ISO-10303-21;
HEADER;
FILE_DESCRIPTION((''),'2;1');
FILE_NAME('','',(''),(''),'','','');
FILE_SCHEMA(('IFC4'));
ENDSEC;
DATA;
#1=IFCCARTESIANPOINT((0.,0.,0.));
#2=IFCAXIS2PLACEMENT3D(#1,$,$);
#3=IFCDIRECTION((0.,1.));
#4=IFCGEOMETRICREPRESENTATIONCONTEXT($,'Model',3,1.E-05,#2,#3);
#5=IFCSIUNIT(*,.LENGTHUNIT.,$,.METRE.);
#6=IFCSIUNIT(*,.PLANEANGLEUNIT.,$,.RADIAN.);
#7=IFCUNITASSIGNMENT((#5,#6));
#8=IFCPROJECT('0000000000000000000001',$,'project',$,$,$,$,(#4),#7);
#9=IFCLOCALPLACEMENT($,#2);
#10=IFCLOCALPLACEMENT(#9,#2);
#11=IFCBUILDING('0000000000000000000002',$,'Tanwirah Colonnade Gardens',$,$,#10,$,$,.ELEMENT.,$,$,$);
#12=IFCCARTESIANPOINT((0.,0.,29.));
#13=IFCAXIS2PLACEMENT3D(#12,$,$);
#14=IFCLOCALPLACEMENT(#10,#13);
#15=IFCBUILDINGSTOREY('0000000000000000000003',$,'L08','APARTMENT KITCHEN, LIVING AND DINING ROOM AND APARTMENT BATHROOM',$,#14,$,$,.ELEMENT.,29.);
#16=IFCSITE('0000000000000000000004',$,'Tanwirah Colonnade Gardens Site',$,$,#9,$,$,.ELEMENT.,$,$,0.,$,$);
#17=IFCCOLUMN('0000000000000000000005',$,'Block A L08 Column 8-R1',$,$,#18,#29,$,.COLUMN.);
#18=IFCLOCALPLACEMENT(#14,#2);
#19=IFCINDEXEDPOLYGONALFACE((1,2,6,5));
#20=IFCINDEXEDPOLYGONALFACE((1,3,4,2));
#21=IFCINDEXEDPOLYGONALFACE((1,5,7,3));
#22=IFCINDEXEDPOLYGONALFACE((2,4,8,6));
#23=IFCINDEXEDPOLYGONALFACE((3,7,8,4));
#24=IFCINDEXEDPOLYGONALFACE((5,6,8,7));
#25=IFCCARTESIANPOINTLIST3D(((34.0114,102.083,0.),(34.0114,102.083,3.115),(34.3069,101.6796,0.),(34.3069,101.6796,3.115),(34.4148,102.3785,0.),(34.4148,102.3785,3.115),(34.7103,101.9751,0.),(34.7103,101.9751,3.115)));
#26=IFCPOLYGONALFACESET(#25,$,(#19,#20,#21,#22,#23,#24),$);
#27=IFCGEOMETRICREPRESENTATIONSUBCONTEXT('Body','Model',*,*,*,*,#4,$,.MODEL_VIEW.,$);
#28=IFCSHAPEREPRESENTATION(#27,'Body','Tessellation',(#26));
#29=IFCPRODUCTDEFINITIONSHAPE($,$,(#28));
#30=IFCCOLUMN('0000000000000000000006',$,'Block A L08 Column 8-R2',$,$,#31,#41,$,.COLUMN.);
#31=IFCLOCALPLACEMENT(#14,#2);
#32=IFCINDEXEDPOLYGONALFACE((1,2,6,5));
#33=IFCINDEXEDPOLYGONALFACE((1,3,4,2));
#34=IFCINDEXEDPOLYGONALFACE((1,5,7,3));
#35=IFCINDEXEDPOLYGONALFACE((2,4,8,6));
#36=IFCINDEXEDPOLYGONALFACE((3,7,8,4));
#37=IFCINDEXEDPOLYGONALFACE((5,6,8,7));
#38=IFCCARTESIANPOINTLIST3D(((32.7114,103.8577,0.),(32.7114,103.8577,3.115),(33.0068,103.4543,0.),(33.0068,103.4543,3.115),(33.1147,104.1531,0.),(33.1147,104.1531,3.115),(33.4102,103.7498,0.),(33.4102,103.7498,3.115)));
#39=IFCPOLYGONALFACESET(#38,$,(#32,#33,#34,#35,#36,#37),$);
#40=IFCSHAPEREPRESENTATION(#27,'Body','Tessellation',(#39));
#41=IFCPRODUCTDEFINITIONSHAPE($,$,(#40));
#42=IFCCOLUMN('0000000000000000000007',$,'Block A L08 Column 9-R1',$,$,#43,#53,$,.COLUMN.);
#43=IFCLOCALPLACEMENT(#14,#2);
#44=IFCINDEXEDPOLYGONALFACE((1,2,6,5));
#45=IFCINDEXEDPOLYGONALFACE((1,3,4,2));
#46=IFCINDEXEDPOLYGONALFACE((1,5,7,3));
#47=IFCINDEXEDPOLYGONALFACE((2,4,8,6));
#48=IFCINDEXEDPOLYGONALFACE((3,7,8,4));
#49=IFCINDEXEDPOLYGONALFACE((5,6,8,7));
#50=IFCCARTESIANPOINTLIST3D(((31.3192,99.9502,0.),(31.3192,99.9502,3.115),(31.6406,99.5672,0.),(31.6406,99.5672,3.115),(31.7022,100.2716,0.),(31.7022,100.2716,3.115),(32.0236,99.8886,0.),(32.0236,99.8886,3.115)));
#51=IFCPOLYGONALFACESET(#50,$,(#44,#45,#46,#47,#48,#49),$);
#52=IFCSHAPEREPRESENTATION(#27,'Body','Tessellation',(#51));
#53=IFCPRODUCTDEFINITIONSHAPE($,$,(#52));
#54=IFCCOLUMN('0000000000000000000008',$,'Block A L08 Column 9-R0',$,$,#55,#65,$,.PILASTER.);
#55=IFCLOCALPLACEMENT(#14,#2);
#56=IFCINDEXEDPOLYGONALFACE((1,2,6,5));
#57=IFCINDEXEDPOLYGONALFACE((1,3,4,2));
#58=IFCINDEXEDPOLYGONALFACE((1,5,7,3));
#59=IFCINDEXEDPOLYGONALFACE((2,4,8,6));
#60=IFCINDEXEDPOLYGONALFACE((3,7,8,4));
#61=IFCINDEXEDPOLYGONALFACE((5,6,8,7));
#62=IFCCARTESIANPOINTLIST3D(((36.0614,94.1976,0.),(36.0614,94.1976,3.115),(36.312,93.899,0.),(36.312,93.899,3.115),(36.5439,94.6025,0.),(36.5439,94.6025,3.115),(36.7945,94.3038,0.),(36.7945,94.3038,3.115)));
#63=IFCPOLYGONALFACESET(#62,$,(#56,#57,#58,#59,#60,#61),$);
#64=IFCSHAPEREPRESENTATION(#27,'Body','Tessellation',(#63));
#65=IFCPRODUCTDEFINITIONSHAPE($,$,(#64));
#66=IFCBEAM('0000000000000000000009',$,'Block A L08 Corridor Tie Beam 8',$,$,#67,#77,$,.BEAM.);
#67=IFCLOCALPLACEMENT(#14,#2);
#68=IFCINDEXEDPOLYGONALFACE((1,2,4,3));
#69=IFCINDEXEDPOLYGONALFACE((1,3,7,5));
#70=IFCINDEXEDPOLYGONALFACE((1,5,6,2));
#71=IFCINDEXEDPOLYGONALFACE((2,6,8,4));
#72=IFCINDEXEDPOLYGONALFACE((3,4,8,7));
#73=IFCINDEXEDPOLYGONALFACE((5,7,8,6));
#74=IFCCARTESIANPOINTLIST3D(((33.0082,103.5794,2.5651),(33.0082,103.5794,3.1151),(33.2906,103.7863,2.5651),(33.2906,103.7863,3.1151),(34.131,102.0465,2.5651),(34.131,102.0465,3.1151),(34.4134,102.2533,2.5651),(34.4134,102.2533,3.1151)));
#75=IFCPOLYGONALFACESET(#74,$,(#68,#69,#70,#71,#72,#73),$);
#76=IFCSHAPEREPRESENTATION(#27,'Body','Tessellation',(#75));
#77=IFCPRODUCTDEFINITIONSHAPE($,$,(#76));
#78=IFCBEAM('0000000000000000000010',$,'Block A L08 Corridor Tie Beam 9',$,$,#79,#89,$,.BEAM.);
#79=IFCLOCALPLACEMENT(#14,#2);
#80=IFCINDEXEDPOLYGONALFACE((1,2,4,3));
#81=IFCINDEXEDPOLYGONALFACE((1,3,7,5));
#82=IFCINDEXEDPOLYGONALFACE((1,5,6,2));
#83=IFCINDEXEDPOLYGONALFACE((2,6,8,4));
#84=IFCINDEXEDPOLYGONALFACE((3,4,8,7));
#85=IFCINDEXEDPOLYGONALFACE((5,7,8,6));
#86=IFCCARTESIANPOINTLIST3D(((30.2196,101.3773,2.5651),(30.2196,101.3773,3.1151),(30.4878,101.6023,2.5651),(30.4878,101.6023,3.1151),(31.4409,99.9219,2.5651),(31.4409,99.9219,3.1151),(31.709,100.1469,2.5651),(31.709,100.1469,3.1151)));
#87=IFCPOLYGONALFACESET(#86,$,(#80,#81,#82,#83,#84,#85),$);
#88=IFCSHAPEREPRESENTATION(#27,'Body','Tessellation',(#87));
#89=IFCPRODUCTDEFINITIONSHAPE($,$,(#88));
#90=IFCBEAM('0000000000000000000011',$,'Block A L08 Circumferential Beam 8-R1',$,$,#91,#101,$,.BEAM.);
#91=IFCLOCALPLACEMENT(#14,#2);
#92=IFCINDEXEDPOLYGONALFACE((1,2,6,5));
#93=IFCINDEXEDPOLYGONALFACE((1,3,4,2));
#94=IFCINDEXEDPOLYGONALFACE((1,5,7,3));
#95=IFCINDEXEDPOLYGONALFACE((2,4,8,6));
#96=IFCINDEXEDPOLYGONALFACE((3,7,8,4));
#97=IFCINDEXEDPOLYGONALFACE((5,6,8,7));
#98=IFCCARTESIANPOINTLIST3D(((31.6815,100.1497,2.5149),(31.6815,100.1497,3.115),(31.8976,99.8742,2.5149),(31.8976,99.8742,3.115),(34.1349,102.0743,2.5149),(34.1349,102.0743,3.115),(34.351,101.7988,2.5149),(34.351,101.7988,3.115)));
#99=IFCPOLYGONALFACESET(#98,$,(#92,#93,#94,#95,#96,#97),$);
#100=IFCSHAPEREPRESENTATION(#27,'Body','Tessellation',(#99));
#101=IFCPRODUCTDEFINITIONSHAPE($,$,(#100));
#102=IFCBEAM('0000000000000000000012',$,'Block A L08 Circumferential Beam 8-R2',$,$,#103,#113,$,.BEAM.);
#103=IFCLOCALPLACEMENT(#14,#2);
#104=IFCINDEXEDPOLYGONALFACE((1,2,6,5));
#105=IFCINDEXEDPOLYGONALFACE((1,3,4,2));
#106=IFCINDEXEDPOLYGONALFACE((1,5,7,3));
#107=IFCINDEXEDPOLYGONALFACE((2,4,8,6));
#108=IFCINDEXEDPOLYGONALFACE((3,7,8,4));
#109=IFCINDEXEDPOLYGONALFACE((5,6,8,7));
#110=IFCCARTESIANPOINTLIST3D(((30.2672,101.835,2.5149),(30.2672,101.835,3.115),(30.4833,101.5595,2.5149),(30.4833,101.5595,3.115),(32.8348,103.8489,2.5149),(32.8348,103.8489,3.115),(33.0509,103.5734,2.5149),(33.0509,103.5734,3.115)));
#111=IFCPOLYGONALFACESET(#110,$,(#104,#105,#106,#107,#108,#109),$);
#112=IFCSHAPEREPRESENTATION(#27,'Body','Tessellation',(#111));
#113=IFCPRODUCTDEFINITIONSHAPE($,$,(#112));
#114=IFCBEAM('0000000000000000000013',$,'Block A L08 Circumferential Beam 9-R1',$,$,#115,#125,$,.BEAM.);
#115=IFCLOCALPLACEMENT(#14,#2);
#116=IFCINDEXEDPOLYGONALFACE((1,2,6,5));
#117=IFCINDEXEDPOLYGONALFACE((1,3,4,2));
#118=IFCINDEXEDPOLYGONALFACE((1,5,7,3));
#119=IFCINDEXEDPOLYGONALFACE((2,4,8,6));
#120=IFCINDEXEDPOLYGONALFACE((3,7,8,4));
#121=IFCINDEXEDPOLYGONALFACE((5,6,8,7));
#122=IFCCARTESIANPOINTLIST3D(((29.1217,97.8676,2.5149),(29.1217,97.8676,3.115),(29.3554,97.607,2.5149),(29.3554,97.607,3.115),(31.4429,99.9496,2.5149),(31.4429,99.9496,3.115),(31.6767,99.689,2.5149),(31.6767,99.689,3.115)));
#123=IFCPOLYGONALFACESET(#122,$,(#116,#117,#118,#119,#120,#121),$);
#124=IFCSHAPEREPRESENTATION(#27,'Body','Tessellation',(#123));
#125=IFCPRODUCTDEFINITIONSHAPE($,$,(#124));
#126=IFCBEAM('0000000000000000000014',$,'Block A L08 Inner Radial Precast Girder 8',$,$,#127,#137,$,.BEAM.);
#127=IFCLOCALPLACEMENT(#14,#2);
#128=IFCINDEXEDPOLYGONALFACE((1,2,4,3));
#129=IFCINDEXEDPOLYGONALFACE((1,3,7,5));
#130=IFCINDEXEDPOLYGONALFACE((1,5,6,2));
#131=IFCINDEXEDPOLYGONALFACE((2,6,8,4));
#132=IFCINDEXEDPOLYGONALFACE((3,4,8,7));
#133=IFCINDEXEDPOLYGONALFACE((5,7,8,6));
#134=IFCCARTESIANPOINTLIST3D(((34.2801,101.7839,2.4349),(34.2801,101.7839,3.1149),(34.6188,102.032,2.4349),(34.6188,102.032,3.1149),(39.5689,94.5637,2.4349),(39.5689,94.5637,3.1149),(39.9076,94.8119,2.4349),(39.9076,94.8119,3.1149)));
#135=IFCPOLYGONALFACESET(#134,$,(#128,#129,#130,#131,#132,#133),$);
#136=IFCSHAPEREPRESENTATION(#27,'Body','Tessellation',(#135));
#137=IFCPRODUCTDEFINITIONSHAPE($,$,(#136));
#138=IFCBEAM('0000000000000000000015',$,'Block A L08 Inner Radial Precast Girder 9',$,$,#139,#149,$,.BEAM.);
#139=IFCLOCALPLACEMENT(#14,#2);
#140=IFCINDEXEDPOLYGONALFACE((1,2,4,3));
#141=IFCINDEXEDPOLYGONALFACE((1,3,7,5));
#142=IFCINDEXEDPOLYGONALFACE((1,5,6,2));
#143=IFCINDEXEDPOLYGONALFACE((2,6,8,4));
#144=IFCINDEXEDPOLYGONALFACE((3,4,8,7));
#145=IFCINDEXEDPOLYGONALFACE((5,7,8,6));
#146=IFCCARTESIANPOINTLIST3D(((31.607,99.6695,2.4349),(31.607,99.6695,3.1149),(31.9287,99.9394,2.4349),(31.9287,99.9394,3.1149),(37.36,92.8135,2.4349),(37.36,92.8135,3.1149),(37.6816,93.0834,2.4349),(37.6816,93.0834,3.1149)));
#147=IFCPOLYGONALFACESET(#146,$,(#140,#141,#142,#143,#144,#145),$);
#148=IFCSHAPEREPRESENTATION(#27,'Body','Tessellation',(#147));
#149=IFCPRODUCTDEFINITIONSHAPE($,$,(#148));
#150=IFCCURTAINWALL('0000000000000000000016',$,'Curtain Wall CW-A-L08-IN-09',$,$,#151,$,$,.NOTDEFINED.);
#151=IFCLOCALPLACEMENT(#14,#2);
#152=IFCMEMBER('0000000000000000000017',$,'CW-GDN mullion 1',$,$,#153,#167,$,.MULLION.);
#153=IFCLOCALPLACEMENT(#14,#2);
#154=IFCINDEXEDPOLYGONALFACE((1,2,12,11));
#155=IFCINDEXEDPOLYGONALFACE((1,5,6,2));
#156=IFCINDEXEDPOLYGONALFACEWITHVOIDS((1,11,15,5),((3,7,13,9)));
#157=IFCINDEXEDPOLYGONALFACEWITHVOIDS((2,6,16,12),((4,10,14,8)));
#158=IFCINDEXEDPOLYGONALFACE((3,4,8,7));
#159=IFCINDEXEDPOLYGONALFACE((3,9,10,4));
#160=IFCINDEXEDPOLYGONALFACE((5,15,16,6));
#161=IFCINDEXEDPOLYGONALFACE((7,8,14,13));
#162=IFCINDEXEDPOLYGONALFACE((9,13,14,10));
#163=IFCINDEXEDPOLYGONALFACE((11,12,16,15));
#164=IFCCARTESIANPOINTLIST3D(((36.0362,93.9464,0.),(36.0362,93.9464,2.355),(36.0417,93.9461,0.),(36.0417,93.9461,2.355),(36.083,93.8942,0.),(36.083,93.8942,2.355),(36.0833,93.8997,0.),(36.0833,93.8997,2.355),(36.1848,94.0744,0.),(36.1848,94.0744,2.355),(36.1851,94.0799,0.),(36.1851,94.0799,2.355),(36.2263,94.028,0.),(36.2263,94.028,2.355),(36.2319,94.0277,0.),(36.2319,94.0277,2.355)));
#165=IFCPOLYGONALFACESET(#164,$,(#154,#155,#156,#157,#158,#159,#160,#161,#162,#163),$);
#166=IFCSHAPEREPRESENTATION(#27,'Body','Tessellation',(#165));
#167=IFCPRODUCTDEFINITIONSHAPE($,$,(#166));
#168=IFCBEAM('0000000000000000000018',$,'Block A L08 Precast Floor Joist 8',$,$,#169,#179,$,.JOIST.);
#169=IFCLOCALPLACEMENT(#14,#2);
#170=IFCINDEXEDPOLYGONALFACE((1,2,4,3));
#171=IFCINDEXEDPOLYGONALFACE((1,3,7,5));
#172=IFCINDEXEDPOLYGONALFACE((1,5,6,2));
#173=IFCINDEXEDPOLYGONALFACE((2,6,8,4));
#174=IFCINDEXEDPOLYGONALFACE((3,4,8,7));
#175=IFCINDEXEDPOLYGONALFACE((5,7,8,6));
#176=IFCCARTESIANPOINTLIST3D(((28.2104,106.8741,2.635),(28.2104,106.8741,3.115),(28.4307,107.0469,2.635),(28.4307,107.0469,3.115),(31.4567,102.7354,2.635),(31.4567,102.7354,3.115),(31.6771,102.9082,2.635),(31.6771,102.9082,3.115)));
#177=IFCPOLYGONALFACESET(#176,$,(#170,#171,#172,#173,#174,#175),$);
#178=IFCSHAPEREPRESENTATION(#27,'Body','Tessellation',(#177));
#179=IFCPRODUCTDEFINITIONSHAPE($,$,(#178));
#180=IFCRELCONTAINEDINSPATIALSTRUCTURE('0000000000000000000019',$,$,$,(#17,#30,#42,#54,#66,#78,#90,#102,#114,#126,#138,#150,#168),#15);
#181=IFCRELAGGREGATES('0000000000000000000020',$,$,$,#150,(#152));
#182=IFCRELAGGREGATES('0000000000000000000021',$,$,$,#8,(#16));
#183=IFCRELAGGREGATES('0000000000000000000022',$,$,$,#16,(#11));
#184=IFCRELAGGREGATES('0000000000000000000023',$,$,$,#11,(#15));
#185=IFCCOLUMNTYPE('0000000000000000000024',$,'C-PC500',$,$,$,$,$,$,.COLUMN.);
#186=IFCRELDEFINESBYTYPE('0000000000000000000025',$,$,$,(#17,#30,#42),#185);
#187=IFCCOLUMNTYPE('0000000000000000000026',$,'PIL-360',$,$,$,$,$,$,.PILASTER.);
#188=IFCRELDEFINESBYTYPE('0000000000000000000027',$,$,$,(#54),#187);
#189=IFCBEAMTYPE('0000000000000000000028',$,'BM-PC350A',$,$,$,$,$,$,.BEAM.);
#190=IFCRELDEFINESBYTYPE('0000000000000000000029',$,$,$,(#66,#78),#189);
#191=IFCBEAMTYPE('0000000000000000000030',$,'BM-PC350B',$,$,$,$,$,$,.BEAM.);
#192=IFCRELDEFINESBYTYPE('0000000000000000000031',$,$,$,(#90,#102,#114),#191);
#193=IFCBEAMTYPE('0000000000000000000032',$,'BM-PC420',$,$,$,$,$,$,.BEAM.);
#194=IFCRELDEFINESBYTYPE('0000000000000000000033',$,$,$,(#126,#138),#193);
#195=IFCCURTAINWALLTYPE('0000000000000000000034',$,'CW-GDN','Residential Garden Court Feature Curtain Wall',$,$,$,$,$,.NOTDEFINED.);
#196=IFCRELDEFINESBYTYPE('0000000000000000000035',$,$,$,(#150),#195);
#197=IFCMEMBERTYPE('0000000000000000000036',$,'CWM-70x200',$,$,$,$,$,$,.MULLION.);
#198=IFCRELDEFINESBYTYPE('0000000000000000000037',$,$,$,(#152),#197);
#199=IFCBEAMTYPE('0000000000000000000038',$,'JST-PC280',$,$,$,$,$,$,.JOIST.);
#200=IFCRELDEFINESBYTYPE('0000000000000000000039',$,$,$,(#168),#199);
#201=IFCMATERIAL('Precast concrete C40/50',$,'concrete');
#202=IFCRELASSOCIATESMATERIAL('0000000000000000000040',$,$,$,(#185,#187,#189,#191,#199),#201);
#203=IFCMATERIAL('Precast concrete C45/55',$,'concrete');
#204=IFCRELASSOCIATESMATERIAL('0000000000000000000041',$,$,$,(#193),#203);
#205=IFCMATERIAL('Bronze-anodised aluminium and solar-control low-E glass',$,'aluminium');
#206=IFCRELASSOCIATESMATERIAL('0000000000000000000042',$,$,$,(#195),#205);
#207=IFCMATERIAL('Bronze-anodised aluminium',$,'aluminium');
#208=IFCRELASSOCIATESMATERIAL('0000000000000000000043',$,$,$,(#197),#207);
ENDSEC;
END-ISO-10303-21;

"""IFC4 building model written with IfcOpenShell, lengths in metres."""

from ifc_helpers import new_model, si_unit, direction, frame, origin, origin_2d, place, context, subcontext, project, spatial, rectangle, hollow_rectangle, extrude, material, material_profile, profile_set, type_object, element, aggregate, save


model = new_model("IFC4")

# Units and contexts
model_context = context("Model", 3, precision=1e-05, world=origin(), true_north=direction((0.0, 1.0)))
body_context = subcontext(model_context, "Body", "Model", "MODEL_VIEW")
ifc_project = project(units=[si_unit("LENGTHUNIT", "METRE"), si_unit("PLANEANGLEUNIT", "RADIAN")], contexts=[model_context])

# Site, building, storey
site_placement = place(None, origin())
site = spatial("IfcSite", under=ifc_project, at=site_placement, Name="Tanwirah Colonnade Gardens Site", CompositionType="ELEMENT", RefElevation=0.0)
building_placement = place(site_placement, origin())
building = spatial("IfcBuilding", under=site, at=building_placement, Name="Tanwirah Colonnade Gardens", CompositionType="ELEMENT")
storey_placement = place(building_placement, frame((0.0, 0.0, 29.0)))
storey = spatial("IfcBuildingStorey", under=building, at=storey_placement, Name="L08", Description="APARTMENT KITCHEN, LIVING AND DINING ROOM AND APARTMENT BATHROOM", CompositionType="ELEMENT", Elevation=29.0)

# Columns
ifc_material_1 = material(Name="Precast concrete C40/50", Category="concrete")
ifc_material_profile_1 = material_profile(ifc_material_1, rectangle(XDim=0.5, YDim=0.5, at=origin_2d()), Name="PC-COL 500x500")
ifc_profile_set_1 = profile_set([ifc_material_profile_1], Name="Precast concrete C40/50")
column_type_1 = type_object("IfcColumnType", Name="C-PC500", PredefinedType="COLUMN", material=ifc_profile_set_1)
for number, where, z_axis, x_axis, name in (
    (1, (34.3608, 102.0291, 0.0), (0.0, 0.0, 1.0), (-0.590919, 0.806731, 0.0), "Block A L08 Column 8-R1"),
    (2, (33.0608, 103.8037, 0.0), (0.0, 0.0, 1.0), (-0.590919, 0.806731, 0.0), "Block A L08 Column 8-R2"),
    (3, (31.6714, 99.9194, 0.0), (0.0, 0.0, 1.0), (-0.642788, 0.766044, 0.0), "Block A L08 Column 9-R1"),
):
    element("IfcColumn", number, at=place(storey_placement, frame(where, z_axis=z_axis, x_axis=x_axis)), inside=storey, type_object=column_type_1, Name=name, PredefinedType="COLUMN", context=body_context, shape_type="SweptSolid", body=[
        extrude(rectangle(XDim=0.5, YDim=0.5, at=origin_2d()), origin(), (0.0, 0.0, 1.0), 3.115),
    ])
ifc_material_profile_2 = material_profile(ifc_material_1, rectangle(XDim=0.3899, YDim=0.6299, at=origin_2d()), Name="PC-PIL 390x630")
ifc_profile_set_2 = profile_set([ifc_material_profile_2], Name="Precast concrete C40/50")
column_type_2 = type_object("IfcColumnType", Name="PIL-360", PredefinedType="PILASTER", material=ifc_profile_set_2)
column_placement = place(storey_placement, frame((36.428, 94.2507, 0.0), z_axis=(0.0, 0.0, 1.0), x_axis=(-0.642788, 0.766044, 0.0)))
element("IfcColumn", 4, at=column_placement, inside=storey, type_object=column_type_2, Name="Block A L08 Column 9-R0", PredefinedType="PILASTER", context=body_context, shape_type="SweptSolid", body=[
    extrude(rectangle(XDim=0.3899, YDim=0.6299, at=origin_2d()), origin(), (0.0, 0.0, 1.0), 3.115),
])

# Beams
ifc_material_profile_3 = material_profile(ifc_material_1, rectangle(XDim=0.3501, YDim=0.55, at=origin_2d()), Name="PC-BM 350x550")
ifc_profile_set_3 = profile_set([ifc_material_profile_3], Name="Precast concrete C40/50")
beam_type_1 = type_object("IfcBeamType", Name="BM-PC350A", PredefinedType="BEAM", material=ifc_profile_set_3)
beam_1_placement = place(storey_placement, frame((34.2722, 102.1499, 2.8401), z_axis=(-0.590896, 0.806748, 0.0), x_axis=(-0.806748, -0.590896, 0.0)))
element("IfcBeam", 5, at=beam_1_placement, inside=storey, type_object=beam_type_1, Name="Block A L08 Corridor Tie Beam 8", PredefinedType="BEAM", context=body_context, shape_type="SweptSolid", body=[
    extrude(rectangle(XDim=0.3501, YDim=0.55, at=origin_2d()), origin(), (0.0, 0.0, 1.0), 1.9001),
])
beam_2_placement = place(storey_placement, frame((31.575, 100.0344, 2.8401), z_axis=(-0.642797, 0.766036, 0.0), x_axis=(-0.766036, -0.642797, 0.0)))
element("IfcBeam", 6, at=beam_2_placement, inside=storey, type_object=beam_type_1, Name="Block A L08 Corridor Tie Beam 9", PredefinedType="BEAM", context=body_context, shape_type="SweptSolid", body=[
    extrude(rectangle(XDim=0.3501, YDim=0.55, at=origin_2d()), origin(), (0.0, 0.0, 1.0), 1.8999),
])
ifc_material_profile_4 = material_profile(ifc_material_1, rectangle(XDim=0.3501, YDim=0.6001, at=origin_2d()), Name="PC-BM 350x600")
ifc_profile_set_4 = profile_set([ifc_material_profile_4], Name="Precast concrete C40/50")
beam_type_2 = type_object("IfcBeamType", Name="BM-PC350B", PredefinedType="BEAM", material=ifc_profile_set_4)
beam_3_placement = place(storey_placement, frame((34.2429, 101.9365, 2.8149), z_axis=(-0.786799, -0.617209, 0.0), x_axis=(0.617209, -0.786799, 0.0)))
element("IfcBeam", 7, at=beam_3_placement, inside=storey, type_object=beam_type_2, Name="Block A L08 Circumferential Beam 8-R1", PredefinedType="BEAM", context=body_context, shape_type="SweptSolid", body=[
    extrude(rectangle(XDim=0.3501, YDim=0.6001, at=origin_2d()), origin(), (0.0, 0.0, 1.0), 3.1182),
])
beam_4_placement = place(storey_placement, frame((32.9429, 103.7112, 2.8149), z_axis=(-0.78684, -0.617157, 0.0), x_axis=(0.617157, -0.78684, 0.0)))
element("IfcBeam", 8, at=beam_4_placement, inside=storey, type_object=beam_type_2, Name="Block A L08 Circumferential Beam 8-R2", PredefinedType="BEAM", context=body_context, shape_type="SweptSolid", body=[
    extrude(rectangle(XDim=0.3501, YDim=0.6001, at=origin_2d()), origin(), (0.0, 0.0, 1.0), 3.2632),
])
beam_5_placement = place(storey_placement, frame((31.5598, 99.8193, 2.8149), z_axis=(-0.74443, -0.667701, 0.0), x_axis=(0.667701, -0.74443, 0.0)))
element("IfcBeam", 9, at=beam_5_placement, inside=storey, type_object=beam_type_2, Name="Block A L08 Circumferential Beam 9-R1", PredefinedType="BEAM", context=body_context, shape_type="SweptSolid", body=[
    extrude(rectangle(XDim=0.3501, YDim=0.6001, at=origin_2d()), origin(), (0.0, 0.0, 1.0), 3.1182),
])
ifc_material_2 = material(Name="Precast concrete C45/55", Category="concrete")
ifc_material_profile_5 = material_profile(ifc_material_2, rectangle(XDim=0.4199, YDim=0.6799, at=origin_2d()), Name="PC-BM 420x680")
ifc_profile_set_5 = profile_set([ifc_material_profile_5], Name="Precast concrete C45/55")
beam_type_3 = type_object("IfcBeamType", Name="BM-PC420", PredefinedType="BEAM", material=ifc_profile_set_5)
for number, where, z_axis, x_axis, name in (
    (10, (34.4495, 101.908, 2.7749), (0.590927, -0.806725, 0.0), (0.806725, 0.590927, 0.0), "Block A L08 Inner Radial Precast Girder 8"),
    (11, (31.7678, 99.8044, 2.7749), (0.642794, -0.766039, 0.0), (0.766039, 0.642794, 0.0), "Block A L08 Inner Radial Precast Girder 9"),
):
    element("IfcBeam", number, at=place(storey_placement, frame(where, z_axis=z_axis, x_axis=x_axis)), inside=storey, type_object=beam_type_3, Name=name, PredefinedType="BEAM", context=body_context, shape_type="SweptSolid", body=[
        extrude(rectangle(XDim=0.4199, YDim=0.6799, at=origin_2d()), origin(), (0.0, 0.0, 1.0), 8.95),
    ])

# Curtain wall, member
ifc_material_3 = material(Name="Bronze-anodised aluminium and solar-control low-E glass", Category="aluminium")
curtain_wall_type = type_object("IfcCurtainWallType", Name="CW-GDN", Description="Residential Garden Court Feature Curtain Wall", PredefinedType="NOTDEFINED", material=ifc_material_3)
curtain_wall_placement = place(storey_placement, origin())
curtain_wall = element("IfcCurtainWall", 12, at=curtain_wall_placement, inside=storey, type_object=curtain_wall_type, Name="Curtain Wall CW-A-L08-IN-09", PredefinedType="NOTDEFINED")
ifc_material_4 = material(Name="Bronze-anodised aluminium", Category="aluminium")
ifc_material_profile_6 = material_profile(ifc_material_4, hollow_rectangle(XDim=0.0701, YDim=0.2, WallThickness=0.0039, at=origin_2d()), Name="CW-MUL 70x200x4")
ifc_profile_set_6 = profile_set([ifc_material_profile_6], Name="Bronze-anodised aluminium")
member_type = type_object("IfcMemberType", Name="CWM-70x200", PredefinedType="MULLION", material=ifc_profile_set_6)
member_placement = place(storey_placement, frame((36.134, 93.9871, 0.0), z_axis=(0.0, 0.0, 1.0), x_axis=(0.667689, -0.74444, 0.0)))
member = element("IfcMember", 13, at=member_placement, type_object=member_type, Name="CW-GDN mullion 1", PredefinedType="MULLION", context=body_context, shape_type="SweptSolid", body=[
    extrude(hollow_rectangle(XDim=0.0701, YDim=0.2, WallThickness=0.0039, at=origin_2d()), origin(), (0.0, 0.0, 1.0), 2.355),
])
aggregate(curtain_wall, [member])

# Beam
ifc_material_profile_7 = material_profile(ifc_material_1, rectangle(XDim=0.28, YDim=0.48, at=origin_2d()), Name="PC-JST 280x480")
ifc_profile_set_7 = profile_set([ifc_material_profile_7], Name="Precast concrete C40/50")
beam_type_4 = type_object("IfcBeamType", Name="JST-PC280", PredefinedType="JOIST", material=ifc_profile_set_7)
beam_6_placement = place(storey_placement, frame((31.5669, 102.8218, 2.875), z_axis=(-0.617178, 0.786824, 0.0), x_axis=(-0.786824, -0.617178, 0.0)))
element("IfcBeam", 14, at=beam_6_placement, inside=storey, type_object=beam_type_4, Name="Block A L08 Precast Floor Joist 8", PredefinedType="JOIST", context=body_context, shape_type="SweptSolid", body=[
    extrude(rectangle(XDim=0.28, YDim=0.48, at=origin_2d()), origin(), (0.0, 0.0, 1.0), 5.26),
])

save(model, "model.ifc")
